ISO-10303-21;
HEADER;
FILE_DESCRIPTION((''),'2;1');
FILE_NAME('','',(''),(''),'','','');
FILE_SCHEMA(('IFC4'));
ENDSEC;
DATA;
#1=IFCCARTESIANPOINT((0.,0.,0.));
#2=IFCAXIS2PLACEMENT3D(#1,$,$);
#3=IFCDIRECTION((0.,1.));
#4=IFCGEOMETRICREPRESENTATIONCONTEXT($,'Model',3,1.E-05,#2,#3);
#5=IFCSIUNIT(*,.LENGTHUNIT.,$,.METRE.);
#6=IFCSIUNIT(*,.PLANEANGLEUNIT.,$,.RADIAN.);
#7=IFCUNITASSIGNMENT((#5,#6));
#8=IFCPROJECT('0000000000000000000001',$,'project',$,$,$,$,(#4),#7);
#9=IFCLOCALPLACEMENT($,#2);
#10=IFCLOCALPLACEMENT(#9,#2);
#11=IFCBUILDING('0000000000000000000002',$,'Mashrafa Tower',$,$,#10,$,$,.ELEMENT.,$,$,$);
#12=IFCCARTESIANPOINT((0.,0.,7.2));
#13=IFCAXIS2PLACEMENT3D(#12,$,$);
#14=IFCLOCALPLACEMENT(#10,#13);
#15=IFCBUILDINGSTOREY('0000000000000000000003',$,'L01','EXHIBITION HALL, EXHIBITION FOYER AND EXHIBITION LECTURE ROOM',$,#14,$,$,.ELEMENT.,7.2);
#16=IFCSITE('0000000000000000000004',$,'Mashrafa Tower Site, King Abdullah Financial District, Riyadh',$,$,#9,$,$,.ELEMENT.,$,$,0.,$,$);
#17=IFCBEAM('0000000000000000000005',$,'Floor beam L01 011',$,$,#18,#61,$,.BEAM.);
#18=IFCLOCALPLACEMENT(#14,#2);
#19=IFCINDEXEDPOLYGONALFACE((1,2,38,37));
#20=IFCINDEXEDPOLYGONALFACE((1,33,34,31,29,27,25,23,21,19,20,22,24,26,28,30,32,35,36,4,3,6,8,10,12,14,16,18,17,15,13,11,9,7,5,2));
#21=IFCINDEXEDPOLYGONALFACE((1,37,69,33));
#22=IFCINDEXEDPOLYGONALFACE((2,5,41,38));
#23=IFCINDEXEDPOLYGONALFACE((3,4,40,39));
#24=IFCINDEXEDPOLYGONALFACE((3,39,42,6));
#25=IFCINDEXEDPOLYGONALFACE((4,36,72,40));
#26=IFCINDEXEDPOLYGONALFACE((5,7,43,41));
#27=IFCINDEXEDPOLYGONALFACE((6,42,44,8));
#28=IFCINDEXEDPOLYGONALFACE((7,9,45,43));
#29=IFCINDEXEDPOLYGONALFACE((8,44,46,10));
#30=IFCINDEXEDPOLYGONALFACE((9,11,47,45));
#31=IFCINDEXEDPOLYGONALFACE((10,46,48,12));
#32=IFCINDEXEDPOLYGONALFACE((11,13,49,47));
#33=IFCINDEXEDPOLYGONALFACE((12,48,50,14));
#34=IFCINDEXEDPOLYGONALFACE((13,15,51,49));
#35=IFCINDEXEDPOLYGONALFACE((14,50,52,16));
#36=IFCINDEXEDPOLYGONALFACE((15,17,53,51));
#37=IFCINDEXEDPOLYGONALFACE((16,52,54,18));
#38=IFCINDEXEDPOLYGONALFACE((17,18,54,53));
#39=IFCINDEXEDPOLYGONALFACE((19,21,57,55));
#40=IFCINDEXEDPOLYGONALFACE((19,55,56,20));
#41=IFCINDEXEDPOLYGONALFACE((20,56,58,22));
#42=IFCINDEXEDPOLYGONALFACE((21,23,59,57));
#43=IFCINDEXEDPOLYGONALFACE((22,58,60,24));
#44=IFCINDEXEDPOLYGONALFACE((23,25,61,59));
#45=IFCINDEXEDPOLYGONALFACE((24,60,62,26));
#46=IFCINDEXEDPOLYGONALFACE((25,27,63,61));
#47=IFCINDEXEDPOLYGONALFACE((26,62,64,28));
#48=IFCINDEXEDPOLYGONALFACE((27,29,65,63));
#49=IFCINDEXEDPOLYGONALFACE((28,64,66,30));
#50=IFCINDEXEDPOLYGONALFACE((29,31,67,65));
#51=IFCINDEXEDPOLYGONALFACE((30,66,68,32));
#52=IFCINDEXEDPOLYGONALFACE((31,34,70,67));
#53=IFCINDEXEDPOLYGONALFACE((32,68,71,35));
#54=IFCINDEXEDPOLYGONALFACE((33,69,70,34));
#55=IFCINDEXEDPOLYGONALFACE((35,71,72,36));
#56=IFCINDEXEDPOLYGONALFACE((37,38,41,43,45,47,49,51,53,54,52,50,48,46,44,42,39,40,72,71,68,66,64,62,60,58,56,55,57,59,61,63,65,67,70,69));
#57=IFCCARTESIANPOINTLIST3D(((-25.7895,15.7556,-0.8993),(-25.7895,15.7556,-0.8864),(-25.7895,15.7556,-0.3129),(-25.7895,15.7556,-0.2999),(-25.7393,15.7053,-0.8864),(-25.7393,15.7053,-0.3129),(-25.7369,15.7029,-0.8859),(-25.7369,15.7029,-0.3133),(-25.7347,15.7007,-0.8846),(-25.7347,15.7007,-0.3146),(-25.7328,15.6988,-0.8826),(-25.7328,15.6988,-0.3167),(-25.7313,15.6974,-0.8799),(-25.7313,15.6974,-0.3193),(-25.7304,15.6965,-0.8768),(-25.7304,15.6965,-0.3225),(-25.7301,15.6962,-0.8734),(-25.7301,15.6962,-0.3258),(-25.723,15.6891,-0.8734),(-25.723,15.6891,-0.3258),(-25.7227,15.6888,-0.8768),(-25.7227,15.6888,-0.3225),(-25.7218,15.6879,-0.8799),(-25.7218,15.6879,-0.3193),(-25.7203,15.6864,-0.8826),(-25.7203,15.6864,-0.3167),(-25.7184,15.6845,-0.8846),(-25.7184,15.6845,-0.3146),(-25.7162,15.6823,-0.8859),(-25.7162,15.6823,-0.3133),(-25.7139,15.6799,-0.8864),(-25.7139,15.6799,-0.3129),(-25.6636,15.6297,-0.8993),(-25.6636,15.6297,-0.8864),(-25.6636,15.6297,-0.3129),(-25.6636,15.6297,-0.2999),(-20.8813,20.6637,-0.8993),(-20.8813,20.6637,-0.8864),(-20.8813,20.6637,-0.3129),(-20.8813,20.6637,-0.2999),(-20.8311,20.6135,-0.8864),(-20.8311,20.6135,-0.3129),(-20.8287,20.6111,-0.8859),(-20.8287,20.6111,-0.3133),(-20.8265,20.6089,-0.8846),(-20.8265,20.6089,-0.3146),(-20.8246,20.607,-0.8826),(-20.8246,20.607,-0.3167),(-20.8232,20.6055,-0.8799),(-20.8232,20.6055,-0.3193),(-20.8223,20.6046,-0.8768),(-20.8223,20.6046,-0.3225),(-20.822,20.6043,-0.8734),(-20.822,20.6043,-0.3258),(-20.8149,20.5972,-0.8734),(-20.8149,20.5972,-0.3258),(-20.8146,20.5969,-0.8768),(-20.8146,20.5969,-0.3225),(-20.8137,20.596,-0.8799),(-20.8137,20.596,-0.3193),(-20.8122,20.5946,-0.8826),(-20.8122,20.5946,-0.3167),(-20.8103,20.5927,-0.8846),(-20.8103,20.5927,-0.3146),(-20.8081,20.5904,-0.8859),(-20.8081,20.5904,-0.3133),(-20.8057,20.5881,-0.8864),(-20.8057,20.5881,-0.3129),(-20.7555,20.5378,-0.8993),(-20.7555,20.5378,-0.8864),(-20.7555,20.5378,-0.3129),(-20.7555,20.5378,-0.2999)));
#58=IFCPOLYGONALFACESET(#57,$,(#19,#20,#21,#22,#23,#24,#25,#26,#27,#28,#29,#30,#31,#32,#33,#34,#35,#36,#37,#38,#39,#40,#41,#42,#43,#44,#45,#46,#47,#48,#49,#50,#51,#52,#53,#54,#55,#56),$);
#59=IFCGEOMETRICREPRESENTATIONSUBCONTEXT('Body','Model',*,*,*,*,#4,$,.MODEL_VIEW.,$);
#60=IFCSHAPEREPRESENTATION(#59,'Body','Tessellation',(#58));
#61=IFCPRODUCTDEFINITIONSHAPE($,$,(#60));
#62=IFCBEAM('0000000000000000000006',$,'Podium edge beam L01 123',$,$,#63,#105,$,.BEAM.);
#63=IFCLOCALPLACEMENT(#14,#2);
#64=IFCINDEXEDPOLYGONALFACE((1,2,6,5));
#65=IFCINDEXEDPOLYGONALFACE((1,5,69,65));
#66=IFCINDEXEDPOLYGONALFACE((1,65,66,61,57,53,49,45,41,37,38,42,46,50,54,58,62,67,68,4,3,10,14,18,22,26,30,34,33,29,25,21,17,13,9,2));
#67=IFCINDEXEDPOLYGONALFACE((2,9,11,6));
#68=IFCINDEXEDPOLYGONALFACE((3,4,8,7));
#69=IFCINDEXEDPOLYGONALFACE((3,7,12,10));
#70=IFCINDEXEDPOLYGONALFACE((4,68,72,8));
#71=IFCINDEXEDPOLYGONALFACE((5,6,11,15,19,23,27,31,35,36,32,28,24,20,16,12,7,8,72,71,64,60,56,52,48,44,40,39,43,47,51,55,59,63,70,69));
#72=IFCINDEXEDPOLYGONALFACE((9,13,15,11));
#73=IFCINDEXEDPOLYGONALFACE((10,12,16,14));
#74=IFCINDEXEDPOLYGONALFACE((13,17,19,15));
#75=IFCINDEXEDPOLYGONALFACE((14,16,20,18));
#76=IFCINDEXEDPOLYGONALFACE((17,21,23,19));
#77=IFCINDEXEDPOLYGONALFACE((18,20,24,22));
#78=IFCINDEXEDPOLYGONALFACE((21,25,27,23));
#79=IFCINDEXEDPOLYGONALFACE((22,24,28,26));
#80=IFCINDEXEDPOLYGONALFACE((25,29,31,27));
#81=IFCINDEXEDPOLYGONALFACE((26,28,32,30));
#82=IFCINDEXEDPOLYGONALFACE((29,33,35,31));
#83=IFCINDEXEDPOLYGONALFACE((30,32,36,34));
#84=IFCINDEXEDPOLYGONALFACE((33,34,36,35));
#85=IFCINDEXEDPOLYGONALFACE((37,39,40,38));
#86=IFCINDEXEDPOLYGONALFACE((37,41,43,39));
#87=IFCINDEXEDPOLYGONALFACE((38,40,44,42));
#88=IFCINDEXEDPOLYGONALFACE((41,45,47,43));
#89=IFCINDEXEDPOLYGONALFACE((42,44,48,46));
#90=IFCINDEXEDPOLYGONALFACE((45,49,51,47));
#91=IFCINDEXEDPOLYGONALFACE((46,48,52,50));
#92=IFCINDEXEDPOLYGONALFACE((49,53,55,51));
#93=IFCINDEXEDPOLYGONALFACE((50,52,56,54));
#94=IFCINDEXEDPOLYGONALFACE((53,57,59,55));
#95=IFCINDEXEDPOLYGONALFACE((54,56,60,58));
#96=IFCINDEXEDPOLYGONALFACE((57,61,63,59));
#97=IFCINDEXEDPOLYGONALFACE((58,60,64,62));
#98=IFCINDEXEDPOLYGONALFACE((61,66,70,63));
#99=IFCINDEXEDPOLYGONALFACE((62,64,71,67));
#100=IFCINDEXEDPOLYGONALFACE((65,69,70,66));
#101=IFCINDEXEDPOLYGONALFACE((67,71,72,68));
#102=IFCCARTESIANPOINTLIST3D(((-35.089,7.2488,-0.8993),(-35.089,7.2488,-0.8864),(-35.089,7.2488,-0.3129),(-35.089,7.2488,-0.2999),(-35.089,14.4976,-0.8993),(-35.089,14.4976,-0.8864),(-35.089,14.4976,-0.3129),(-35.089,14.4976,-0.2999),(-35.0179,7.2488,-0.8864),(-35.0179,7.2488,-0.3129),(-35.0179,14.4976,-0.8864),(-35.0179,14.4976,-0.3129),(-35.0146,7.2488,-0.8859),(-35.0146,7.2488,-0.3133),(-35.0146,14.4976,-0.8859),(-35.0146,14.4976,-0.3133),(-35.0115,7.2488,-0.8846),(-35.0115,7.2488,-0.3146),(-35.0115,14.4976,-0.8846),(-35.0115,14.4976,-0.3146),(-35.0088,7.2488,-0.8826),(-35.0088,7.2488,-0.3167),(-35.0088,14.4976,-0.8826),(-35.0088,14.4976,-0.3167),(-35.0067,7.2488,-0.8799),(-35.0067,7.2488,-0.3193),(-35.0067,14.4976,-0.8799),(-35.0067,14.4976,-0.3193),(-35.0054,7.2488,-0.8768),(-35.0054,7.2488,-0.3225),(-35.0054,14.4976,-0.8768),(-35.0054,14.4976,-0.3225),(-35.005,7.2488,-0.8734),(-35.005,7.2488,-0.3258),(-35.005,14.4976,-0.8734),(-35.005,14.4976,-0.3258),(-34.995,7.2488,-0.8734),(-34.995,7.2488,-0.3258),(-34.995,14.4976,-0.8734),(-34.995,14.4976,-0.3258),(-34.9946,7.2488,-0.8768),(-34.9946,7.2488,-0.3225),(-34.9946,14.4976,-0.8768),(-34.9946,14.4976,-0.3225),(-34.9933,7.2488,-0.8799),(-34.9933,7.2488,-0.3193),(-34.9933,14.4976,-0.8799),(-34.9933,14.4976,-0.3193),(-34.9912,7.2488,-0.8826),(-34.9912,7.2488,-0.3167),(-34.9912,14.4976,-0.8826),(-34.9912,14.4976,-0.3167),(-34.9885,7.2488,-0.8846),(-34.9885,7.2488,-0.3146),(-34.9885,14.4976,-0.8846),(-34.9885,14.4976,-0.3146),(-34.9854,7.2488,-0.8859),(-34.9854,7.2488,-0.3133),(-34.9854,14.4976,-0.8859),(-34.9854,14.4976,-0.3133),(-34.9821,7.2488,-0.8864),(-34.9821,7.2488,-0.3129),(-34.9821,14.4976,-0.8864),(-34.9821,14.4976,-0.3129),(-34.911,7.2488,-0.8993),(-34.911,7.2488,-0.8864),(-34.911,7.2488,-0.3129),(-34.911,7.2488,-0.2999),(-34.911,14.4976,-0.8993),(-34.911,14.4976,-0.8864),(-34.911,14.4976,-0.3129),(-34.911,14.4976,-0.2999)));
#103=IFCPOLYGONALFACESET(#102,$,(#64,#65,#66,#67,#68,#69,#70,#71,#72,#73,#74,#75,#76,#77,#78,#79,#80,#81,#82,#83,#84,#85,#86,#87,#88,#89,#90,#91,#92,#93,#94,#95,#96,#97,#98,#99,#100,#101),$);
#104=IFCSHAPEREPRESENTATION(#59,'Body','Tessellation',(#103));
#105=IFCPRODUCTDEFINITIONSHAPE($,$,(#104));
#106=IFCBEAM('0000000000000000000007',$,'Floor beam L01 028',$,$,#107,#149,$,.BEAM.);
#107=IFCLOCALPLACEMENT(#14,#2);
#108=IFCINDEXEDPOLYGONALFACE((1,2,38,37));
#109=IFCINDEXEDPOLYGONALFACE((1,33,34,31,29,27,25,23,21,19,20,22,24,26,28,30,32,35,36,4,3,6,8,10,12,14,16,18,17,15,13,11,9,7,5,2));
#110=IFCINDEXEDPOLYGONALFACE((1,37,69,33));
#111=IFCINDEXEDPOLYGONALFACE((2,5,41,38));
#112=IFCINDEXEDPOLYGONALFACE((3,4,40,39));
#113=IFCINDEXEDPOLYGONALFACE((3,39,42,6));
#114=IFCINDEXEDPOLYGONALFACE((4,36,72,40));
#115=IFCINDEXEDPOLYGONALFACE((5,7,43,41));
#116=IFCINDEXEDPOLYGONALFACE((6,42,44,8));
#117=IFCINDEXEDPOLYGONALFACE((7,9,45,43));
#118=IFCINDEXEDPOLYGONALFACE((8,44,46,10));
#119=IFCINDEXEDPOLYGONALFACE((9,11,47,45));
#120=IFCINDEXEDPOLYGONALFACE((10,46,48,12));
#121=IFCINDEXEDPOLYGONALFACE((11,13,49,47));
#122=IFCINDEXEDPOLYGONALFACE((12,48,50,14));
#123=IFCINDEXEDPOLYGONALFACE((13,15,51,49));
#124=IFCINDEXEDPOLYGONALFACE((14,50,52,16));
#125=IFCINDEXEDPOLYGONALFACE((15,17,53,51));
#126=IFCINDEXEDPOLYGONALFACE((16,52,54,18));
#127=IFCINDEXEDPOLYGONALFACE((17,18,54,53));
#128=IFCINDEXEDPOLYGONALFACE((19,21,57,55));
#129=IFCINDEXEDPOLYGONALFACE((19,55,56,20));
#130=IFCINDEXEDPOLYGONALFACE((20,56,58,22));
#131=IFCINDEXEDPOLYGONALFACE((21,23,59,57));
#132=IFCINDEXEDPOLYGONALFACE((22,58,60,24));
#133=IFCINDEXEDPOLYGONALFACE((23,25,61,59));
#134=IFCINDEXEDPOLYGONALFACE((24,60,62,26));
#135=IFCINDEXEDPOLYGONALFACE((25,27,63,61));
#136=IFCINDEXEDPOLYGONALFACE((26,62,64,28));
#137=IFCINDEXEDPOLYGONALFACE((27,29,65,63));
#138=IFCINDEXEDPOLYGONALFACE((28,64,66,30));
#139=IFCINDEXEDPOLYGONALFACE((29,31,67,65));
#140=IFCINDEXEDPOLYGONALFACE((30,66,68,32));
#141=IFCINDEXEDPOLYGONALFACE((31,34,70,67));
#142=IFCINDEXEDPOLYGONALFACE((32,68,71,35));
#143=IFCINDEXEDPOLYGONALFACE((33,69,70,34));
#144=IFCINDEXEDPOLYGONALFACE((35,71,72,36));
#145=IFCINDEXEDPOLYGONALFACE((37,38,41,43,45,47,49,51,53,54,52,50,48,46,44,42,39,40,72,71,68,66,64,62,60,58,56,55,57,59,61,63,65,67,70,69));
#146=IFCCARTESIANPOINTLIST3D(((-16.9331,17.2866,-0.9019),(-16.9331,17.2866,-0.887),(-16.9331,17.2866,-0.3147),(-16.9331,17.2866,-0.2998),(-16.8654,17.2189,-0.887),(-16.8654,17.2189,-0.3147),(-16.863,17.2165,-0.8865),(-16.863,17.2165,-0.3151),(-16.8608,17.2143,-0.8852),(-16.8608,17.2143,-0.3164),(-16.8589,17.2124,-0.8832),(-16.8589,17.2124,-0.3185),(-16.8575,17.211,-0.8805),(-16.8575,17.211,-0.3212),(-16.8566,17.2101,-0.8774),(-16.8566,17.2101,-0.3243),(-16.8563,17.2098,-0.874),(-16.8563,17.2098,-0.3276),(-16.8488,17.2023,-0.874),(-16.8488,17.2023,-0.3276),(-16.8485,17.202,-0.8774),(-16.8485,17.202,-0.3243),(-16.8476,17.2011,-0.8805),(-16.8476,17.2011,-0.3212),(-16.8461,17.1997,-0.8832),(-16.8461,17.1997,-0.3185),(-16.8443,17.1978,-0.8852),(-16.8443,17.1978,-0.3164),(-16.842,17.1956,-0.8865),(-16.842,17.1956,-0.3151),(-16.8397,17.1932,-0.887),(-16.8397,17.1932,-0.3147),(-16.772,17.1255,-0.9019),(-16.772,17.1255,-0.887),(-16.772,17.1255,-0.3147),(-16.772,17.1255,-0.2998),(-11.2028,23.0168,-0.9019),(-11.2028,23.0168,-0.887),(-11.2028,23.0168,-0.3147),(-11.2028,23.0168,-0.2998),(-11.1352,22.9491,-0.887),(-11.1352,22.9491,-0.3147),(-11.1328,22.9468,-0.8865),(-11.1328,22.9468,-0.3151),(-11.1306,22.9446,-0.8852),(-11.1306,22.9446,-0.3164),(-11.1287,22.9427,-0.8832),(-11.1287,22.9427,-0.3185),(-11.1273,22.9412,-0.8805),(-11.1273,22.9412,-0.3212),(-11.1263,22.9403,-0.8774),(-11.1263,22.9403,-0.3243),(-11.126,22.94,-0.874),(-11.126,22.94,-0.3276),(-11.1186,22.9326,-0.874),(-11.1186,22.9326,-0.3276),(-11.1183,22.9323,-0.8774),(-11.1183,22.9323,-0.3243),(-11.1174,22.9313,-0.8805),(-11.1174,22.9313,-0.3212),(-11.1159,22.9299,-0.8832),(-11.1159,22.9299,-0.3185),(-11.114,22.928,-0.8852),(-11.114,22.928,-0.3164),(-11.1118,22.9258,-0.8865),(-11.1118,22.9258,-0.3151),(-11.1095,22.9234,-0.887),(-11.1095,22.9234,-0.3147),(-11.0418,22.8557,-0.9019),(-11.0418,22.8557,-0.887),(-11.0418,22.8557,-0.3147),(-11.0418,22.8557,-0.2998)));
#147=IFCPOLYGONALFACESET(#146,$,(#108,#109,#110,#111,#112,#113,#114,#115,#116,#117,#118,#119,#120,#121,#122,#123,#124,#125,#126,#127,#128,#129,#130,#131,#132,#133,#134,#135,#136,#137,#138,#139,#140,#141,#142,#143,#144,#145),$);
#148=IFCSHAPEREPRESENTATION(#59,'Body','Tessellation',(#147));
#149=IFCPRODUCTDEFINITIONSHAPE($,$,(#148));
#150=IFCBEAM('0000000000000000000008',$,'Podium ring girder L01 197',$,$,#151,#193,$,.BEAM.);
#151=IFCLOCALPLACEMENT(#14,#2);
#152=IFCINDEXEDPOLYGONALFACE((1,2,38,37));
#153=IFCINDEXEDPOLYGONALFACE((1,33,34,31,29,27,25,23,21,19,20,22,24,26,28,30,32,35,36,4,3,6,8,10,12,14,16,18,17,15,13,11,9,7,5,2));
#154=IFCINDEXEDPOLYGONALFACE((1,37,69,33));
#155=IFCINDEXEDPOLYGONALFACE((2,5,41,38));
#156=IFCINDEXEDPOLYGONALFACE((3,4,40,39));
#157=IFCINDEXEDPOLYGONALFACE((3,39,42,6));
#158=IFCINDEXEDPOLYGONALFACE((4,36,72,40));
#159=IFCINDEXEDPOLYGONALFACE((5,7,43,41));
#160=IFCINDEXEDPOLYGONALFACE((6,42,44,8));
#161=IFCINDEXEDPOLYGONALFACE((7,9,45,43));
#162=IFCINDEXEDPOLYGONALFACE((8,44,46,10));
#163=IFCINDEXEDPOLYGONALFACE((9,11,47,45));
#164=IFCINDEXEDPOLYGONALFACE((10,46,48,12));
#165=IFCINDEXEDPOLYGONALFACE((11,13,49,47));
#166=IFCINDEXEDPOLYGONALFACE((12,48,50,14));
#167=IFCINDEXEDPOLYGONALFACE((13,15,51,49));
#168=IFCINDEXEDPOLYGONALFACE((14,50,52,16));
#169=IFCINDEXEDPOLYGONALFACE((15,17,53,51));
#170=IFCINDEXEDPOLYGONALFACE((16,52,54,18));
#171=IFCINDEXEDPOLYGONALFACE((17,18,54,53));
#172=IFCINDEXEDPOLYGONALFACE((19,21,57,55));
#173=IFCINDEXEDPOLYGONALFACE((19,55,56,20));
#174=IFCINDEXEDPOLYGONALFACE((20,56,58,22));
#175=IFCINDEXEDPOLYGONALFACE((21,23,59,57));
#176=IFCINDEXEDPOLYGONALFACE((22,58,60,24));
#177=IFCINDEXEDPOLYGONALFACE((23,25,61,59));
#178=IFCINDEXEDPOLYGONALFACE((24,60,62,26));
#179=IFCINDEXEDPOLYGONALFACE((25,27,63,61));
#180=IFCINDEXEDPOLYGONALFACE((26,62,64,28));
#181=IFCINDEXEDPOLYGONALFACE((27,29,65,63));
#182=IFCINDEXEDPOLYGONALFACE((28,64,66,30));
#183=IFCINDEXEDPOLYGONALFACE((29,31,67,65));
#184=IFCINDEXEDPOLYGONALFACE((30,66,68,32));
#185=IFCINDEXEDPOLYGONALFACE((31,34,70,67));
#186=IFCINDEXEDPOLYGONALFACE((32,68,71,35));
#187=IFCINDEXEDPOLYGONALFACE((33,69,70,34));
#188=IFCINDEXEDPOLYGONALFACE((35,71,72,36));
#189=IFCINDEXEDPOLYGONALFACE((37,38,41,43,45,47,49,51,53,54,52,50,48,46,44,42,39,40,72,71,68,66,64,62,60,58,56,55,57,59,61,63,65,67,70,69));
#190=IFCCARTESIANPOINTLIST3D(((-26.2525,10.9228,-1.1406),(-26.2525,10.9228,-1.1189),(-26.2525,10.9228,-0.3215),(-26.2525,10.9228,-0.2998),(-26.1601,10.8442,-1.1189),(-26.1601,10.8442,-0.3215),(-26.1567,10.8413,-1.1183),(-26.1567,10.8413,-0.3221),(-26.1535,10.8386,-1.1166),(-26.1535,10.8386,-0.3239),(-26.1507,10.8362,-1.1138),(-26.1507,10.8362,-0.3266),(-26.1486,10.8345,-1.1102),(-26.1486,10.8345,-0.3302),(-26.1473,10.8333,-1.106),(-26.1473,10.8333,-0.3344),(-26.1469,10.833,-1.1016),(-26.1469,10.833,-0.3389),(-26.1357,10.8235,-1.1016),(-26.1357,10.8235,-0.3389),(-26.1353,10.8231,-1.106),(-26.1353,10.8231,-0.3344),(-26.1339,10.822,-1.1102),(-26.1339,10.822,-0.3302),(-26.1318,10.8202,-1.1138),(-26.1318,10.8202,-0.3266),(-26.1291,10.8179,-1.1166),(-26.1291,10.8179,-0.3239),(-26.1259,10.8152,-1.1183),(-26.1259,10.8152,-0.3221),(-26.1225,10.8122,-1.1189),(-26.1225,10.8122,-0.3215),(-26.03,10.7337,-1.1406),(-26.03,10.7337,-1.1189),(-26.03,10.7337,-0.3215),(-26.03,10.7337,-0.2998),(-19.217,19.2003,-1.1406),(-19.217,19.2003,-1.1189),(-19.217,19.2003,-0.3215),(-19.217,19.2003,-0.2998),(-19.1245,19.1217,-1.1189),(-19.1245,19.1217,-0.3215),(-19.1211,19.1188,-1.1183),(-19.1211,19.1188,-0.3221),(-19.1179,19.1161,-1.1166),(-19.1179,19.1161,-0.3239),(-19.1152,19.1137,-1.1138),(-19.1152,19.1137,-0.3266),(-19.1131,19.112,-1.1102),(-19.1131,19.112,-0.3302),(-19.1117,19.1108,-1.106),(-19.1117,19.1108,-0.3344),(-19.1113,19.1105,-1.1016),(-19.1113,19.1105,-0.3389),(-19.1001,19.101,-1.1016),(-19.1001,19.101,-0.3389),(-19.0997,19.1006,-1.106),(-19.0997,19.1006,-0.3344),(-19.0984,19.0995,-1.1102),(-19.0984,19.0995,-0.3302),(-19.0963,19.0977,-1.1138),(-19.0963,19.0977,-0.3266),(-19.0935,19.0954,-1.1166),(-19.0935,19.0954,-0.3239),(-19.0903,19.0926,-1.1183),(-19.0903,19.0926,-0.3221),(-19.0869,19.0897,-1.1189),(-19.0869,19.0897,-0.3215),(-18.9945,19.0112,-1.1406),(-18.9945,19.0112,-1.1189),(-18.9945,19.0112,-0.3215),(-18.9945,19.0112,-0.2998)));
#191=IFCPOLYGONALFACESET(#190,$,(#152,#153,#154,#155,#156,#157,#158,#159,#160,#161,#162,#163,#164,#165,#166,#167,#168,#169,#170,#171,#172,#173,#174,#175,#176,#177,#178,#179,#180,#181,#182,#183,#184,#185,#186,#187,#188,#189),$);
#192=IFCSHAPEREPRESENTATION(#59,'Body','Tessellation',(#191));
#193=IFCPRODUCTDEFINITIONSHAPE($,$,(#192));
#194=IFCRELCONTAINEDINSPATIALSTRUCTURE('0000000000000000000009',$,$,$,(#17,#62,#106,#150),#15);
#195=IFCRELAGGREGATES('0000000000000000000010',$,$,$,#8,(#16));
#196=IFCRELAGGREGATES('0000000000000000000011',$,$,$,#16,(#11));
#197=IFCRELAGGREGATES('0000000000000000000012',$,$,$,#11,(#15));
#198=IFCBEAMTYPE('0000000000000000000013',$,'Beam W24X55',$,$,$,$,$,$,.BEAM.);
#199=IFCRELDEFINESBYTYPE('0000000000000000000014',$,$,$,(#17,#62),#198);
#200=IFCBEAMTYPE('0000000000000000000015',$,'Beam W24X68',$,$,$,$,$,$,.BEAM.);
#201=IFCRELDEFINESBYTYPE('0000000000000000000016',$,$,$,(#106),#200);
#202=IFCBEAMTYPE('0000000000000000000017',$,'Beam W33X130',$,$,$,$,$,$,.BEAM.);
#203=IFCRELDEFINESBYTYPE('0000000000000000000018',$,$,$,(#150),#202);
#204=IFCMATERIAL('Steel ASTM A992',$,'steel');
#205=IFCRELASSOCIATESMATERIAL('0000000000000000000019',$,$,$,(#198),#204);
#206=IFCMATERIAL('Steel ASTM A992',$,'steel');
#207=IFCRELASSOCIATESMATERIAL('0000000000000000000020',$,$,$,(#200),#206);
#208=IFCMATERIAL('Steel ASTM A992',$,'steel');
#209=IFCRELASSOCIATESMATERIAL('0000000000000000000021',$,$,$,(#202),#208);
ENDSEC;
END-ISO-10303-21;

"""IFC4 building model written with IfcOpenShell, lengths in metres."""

from ifc_helpers import new_model, si_unit, direction, frame, origin, origin_2d, place, context, subcontext, project, spatial, i_section, extrude, material, material_profile, profile_set, type_object, element, save


model = new_model("IFC4")

# Units and contexts
model_context = context("Model", 3, precision=1e-05, world=origin(), true_north=direction((0.0, 1.0)))
body_context = subcontext(model_context, "Body", "Model", "MODEL_VIEW")
ifc_project = project(units=[si_unit("LENGTHUNIT", "METRE"), si_unit("PLANEANGLEUNIT", "RADIAN")], contexts=[model_context])

# Site, building, storey
site_placement = place(None, origin())
site = spatial("IfcSite", under=ifc_project, at=site_placement, Name="Mashrafa Tower Site, King Abdullah Financial District, Riyadh", CompositionType="ELEMENT", RefElevation=0.0)
building_placement = place(site_placement, origin())
building = spatial("IfcBuilding", under=site, at=building_placement, Name="Mashrafa Tower", CompositionType="ELEMENT")
storey_placement = place(building_placement, frame((0.0, 0.0, 7.2)))
storey = spatial("IfcBuildingStorey", under=building, at=storey_placement, Name="L01", Description="EXHIBITION HALL, EXHIBITION FOYER AND EXHIBITION LECTURE ROOM", CompositionType="ELEMENT", Elevation=7.2)

# Beams
ifc_material_1 = material(Name="Steel ASTM A992", Category="steel")
ifc_material_profile_1 = material_profile(ifc_material_1, i_section(OverallWidth=0.178, OverallDepth=0.5994, WebThickness=0.01, FlangeThickness=0.0129, FilletRadius=0.0129, at=origin_2d()), Name="W24X55")
ifc_profile_set_1 = profile_set([ifc_material_profile_1], Name="Steel ASTM A992")
beam_type_1 = type_object("IfcBeamType", Name="Beam W24X55", PredefinedType="BEAM", material=ifc_profile_set_1)
beam_1_placement = place(storey_placement, frame((-25.7266, 15.6926, -0.5996), z_axis=(0.707107, 0.707107, 0.0), x_axis=(-0.707107, 0.707107, 0.0)))
element("IfcBeam", 1, at=beam_1_placement, inside=storey, type_object=beam_type_1, Name="Floor beam L01 011", PredefinedType="BEAM", context=body_context, shape_type="SweptSolid", body=[
    extrude(i_section(OverallWidth=0.178, OverallDepth=0.5994, WebThickness=0.01, FlangeThickness=0.0129, FilletRadius=0.0129, at=origin_2d()), origin(), (0.0, 0.0, 1.0), 6.9412),
])
beam_2_placement = place(storey_placement, frame((-35.0, 14.4976, -0.5996), z_axis=(0.0, -1.0, 0.0), x_axis=(1.0, 0.0, 0.0)))
element("IfcBeam", 2, at=beam_2_placement, inside=storey, type_object=beam_type_1, Name="Podium edge beam L01 123", PredefinedType="BEAM", context=body_context, shape_type="SweptSolid", body=[
    extrude(i_section(OverallWidth=0.178, OverallDepth=0.5994, WebThickness=0.01, FlangeThickness=0.0129, FilletRadius=0.0129, at=origin_2d()), origin(), (0.0, 0.0, 1.0), 7.2488),
])
ifc_material_2 = material(Name="Steel ASTM A992", Category="steel")
ifc_material_profile_2 = material_profile(ifc_material_2, i_section(OverallWidth=0.2278, OverallDepth=0.6021, WebThickness=0.0105, FlangeThickness=0.0149, FilletRadius=0.0129, at=origin_2d()), Name="W24X68")
ifc_profile_set_2 = profile_set([ifc_material_profile_2], Name="Steel ASTM A992")
beam_type_2 = type_object("IfcBeamType", Name="Beam W24X68", PredefinedType="BEAM", material=ifc_profile_set_2)
beam_3_placement = place(storey_placement, frame((-16.8525, 17.2061, -0.6008), z_axis=(0.707107, 0.707107, 0.0), x_axis=(-0.707107, 0.707107, 0.0)))
element("IfcBeam", 3, at=beam_3_placement, inside=storey, type_object=beam_type_2, Name="Floor beam L01 028", PredefinedType="BEAM", context=body_context, shape_type="SweptSolid", body=[
    extrude(i_section(OverallWidth=0.2278, OverallDepth=0.6021, WebThickness=0.0105, FlangeThickness=0.0149, FilletRadius=0.0129, at=origin_2d()), origin(), (0.0, 0.0, 1.0), 8.1038),
])
ifc_material_3 = material(Name="Steel ASTM A992", Category="steel")
ifc_material_profile_3 = material_profile(ifc_material_3, i_section(OverallWidth=0.292, OverallDepth=0.8408, WebThickness=0.0146, FlangeThickness=0.0217, FilletRadius=0.0173, at=origin_2d()), Name="W33X130")
ifc_profile_set_3 = profile_set([ifc_material_profile_3], Name="Steel ASTM A992")
beam_type_3 = type_object("IfcBeamType", Name="Beam W33X130", PredefinedType="BEAM", material=ifc_profile_set_3)
beam_4_placement = place(storey_placement, frame((-19.1057, 19.1057, -0.7202), z_axis=(-0.647632, -0.761953, 0.0), x_axis=(0.761953, -0.647632, 0.0)))
element("IfcBeam", 4, at=beam_4_placement, inside=storey, type_object=beam_type_3, Name="Podium ring girder L01 197", PredefinedType="BEAM", context=body_context, shape_type="SweptSolid", body=[
    extrude(i_section(OverallWidth=0.292, OverallDepth=0.8408, WebThickness=0.0146, FlangeThickness=0.0217, FilletRadius=0.0173, at=origin_2d()), origin(), (0.0, 0.0, 1.0), 10.8635),
])

save(model, "model.ifc")
